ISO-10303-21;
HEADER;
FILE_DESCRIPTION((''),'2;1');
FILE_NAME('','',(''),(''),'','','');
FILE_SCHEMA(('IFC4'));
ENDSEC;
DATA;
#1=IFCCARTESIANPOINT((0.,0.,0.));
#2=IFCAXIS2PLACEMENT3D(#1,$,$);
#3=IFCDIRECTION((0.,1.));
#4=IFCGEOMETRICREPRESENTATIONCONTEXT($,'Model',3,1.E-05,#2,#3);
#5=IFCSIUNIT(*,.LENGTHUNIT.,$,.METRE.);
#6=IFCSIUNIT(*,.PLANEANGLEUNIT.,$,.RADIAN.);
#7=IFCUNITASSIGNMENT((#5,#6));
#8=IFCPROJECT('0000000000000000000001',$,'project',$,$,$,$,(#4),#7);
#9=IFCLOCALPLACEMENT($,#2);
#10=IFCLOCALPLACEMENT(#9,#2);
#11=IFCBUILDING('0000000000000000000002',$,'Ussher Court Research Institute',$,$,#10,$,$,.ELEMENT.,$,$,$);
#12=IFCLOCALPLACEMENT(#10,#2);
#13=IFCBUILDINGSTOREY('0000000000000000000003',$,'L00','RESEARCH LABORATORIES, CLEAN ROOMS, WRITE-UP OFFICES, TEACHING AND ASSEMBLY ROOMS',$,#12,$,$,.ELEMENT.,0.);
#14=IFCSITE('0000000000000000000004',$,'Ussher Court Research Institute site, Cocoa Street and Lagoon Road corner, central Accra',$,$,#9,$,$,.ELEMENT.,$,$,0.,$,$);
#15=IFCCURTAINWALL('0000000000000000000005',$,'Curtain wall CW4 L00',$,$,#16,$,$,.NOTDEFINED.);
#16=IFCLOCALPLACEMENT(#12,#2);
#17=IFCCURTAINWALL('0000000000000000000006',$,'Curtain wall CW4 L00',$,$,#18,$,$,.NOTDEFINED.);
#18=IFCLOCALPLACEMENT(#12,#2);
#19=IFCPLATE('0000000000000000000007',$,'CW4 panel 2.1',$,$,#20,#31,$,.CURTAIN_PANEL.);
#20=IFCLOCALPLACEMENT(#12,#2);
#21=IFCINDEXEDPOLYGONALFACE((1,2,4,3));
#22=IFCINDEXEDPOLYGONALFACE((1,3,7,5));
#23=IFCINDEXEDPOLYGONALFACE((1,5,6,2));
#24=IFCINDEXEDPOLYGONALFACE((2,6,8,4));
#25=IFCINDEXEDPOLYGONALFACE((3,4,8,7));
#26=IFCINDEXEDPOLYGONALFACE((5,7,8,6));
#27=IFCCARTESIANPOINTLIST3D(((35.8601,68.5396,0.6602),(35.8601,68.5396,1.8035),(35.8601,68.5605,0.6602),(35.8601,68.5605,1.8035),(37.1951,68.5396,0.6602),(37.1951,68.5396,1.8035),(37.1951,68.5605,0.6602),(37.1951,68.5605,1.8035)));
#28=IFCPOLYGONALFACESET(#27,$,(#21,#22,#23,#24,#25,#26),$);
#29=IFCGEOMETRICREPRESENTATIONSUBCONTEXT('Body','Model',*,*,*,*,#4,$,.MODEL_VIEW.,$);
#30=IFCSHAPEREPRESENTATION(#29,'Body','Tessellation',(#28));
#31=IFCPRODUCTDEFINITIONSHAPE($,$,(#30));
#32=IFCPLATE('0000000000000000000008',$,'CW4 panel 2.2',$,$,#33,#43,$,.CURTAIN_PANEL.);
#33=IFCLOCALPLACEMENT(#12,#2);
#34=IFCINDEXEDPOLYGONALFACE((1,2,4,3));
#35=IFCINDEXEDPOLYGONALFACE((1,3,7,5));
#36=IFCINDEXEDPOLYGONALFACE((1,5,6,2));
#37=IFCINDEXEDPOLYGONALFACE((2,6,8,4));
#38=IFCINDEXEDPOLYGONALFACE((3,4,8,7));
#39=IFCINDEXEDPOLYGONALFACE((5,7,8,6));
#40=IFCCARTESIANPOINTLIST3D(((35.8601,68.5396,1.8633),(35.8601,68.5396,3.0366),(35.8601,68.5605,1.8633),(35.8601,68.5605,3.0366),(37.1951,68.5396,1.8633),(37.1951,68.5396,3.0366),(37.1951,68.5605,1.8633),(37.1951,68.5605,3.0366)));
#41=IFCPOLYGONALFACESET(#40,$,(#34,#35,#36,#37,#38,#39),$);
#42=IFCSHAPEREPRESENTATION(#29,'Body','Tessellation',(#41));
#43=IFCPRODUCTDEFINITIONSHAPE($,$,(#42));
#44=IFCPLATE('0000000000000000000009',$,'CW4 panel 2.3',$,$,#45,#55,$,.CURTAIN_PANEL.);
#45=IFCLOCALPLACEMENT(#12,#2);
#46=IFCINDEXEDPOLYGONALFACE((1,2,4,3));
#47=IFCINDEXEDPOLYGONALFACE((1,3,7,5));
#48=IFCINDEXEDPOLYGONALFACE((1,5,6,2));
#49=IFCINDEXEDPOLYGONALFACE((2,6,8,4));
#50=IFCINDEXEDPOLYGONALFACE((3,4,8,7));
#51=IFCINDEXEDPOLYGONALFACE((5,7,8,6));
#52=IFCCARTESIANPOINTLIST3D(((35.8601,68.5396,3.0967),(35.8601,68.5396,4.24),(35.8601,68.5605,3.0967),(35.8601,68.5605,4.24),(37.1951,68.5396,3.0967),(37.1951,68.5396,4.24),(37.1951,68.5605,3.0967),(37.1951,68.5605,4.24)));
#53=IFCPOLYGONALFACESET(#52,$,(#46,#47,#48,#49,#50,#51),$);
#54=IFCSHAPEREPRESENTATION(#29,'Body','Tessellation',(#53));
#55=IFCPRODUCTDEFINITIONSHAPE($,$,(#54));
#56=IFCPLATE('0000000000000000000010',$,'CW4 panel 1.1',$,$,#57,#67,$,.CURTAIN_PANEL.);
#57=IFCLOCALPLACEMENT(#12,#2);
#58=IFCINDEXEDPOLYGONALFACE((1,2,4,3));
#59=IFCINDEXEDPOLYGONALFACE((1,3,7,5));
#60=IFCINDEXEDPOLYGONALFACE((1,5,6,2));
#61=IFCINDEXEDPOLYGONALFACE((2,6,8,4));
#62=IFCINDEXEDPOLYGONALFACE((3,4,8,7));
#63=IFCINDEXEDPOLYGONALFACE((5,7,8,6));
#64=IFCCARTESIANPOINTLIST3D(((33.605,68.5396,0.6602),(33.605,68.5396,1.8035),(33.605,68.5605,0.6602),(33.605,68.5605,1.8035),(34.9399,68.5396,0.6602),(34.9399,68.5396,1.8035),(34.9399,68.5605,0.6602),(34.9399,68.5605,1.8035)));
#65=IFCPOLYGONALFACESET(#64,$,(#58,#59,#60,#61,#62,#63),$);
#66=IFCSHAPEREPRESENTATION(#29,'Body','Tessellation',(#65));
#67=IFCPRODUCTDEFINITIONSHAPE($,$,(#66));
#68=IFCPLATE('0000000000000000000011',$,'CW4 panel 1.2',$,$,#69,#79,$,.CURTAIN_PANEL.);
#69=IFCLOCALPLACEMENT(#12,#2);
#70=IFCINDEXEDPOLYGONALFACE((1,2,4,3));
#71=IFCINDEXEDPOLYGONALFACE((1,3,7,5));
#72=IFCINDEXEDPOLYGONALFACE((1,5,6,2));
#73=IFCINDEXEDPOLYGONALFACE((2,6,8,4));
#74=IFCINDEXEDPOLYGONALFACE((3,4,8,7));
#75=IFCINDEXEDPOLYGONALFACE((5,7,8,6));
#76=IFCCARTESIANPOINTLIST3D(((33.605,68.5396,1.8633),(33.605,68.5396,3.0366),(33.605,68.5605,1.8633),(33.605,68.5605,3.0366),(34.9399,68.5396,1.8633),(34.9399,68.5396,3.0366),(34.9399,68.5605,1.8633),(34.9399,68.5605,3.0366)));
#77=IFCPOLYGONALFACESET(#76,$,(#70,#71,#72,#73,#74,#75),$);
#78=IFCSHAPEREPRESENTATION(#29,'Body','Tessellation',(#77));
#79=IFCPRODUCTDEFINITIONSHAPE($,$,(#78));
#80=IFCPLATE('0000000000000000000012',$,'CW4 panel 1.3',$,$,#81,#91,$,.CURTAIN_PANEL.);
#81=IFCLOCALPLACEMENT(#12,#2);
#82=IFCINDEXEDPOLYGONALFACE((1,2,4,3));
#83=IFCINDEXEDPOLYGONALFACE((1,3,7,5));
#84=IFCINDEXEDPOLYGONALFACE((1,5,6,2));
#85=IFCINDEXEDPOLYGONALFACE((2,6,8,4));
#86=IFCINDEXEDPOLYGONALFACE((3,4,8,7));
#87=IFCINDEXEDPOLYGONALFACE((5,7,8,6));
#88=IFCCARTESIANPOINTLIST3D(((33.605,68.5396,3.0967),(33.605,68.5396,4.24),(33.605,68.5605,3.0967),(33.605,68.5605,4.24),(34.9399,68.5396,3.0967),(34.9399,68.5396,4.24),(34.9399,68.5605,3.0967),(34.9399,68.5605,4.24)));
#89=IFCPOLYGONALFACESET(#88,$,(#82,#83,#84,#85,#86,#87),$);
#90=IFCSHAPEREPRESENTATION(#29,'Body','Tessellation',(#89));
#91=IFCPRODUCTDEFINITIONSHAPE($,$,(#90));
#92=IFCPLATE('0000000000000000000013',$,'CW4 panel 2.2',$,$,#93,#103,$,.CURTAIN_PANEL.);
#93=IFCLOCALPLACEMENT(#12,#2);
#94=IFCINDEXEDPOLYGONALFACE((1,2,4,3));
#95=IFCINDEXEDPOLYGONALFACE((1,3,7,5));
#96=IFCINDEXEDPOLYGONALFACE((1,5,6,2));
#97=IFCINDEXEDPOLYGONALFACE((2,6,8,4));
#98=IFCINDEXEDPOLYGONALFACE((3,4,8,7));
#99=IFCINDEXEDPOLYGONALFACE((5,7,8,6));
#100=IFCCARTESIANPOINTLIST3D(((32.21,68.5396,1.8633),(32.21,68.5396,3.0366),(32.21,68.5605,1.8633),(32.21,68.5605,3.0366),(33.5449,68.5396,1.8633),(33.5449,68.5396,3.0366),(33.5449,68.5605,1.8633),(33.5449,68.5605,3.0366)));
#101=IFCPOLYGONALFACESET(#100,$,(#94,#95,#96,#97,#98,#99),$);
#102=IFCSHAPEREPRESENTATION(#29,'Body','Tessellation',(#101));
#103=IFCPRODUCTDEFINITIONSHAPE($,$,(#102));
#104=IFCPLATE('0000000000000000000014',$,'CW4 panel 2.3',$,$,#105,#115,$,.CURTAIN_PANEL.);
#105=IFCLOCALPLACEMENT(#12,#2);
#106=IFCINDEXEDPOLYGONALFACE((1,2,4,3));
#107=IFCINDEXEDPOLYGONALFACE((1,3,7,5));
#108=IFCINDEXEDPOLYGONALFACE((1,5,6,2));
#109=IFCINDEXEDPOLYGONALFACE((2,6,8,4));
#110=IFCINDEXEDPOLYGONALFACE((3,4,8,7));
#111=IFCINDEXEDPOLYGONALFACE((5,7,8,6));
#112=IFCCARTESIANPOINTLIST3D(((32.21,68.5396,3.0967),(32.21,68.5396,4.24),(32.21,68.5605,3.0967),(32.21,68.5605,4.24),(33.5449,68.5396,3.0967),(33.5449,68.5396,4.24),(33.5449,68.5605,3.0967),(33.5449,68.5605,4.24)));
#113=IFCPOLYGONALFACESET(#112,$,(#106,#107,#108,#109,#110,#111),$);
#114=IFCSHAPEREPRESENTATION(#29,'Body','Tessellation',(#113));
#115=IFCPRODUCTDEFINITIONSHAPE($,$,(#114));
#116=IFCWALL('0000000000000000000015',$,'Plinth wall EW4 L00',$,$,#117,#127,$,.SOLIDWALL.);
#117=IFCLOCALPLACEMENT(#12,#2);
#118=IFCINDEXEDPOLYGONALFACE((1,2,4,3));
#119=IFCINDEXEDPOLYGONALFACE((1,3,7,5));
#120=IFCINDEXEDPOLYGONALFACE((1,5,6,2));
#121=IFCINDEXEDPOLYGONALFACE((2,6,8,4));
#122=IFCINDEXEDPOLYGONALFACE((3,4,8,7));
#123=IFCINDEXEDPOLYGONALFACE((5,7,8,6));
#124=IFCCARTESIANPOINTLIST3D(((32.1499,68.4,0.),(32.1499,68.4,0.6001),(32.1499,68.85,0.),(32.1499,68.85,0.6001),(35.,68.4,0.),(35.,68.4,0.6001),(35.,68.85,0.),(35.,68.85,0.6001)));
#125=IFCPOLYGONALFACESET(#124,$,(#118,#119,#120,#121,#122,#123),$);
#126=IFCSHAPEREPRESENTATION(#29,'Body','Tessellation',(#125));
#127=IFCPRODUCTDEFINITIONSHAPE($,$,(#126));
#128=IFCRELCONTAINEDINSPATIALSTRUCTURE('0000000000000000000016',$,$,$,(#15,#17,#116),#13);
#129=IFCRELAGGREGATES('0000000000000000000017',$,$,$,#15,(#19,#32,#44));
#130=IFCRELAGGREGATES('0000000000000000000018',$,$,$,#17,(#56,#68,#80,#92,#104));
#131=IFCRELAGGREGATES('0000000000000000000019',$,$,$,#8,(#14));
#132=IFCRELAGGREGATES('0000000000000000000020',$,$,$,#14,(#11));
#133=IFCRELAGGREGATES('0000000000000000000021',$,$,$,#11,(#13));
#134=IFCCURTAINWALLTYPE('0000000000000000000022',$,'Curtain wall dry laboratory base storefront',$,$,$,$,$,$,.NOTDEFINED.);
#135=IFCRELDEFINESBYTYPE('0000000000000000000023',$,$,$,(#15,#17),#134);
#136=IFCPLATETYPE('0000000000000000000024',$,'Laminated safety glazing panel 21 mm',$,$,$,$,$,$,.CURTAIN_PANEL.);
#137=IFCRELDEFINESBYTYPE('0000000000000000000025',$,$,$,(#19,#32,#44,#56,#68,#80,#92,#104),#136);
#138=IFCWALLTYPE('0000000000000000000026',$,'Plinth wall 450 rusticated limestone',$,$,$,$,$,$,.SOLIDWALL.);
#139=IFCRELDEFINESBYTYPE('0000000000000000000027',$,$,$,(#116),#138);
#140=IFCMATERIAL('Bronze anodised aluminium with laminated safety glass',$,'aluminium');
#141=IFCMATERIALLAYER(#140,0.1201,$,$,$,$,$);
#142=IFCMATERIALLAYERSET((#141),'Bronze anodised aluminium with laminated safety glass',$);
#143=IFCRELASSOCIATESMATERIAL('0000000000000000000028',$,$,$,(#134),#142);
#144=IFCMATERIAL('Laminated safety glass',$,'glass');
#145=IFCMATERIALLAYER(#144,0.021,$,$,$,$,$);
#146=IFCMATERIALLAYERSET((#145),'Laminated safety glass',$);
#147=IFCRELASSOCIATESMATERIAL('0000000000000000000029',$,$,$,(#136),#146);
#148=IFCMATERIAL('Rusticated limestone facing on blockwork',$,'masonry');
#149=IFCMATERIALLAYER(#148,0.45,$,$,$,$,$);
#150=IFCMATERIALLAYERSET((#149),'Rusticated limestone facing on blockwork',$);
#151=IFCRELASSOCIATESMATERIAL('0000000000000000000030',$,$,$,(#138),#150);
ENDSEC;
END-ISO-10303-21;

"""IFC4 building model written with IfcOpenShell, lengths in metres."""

from ifc_helpers import new_model, si_unit, direction, frame, frame_2d, origin, origin_2d, place, context, subcontext, project, spatial, rectangle, extrude, material, layer, layer_set, type_object, element, aggregate, save


model = new_model("IFC4")

# Units and contexts
model_context = context("Model", 3, precision=1e-05, world=origin(), true_north=direction((0.0, 1.0)))
body_context = subcontext(model_context, "Body", "Model", "MODEL_VIEW")
ifc_project = project(units=[si_unit("LENGTHUNIT", "METRE"), si_unit("PLANEANGLEUNIT", "RADIAN")], contexts=[model_context])

# Site, building, storey
site_placement = place(None, origin())
site = spatial("IfcSite", under=ifc_project, at=site_placement, Name="Ussher Court Research Institute site, Cocoa Street and Lagoon Road corner, central Accra", CompositionType="ELEMENT", RefElevation=0.0)
building_placement = place(site_placement, origin())
building = spatial("IfcBuilding", under=site, at=building_placement, Name="Ussher Court Research Institute", CompositionType="ELEMENT")
storey_placement = place(building_placement, origin())
storey = spatial("IfcBuildingStorey", under=building, at=storey_placement, Name="L00", Description="RESEARCH LABORATORIES, CLEAN ROOMS, WRITE-UP OFFICES, TEACHING AND ASSEMBLY ROOMS", CompositionType="ELEMENT", Elevation=0.0)

# Curtain wall
ifc_material_1 = material(Name="Bronze anodised aluminium with laminated safety glass", Category="aluminium")
ifc_layer_1 = layer(ifc_material_1, 0.1201)
ifc_layer_set_1 = layer_set([ifc_layer_1], Name="Bronze anodised aluminium with laminated safety glass")
curtain_wall_type = type_object("IfcCurtainWallType", Name="Curtain wall dry laboratory base storefront", PredefinedType="NOTDEFINED", material=ifc_layer_set_1)
curtain_wall_1_placement = place(storey_placement, origin())
curtain_wall_1 = element("IfcCurtainWall", 1, at=curtain_wall_1_placement, inside=storey, type_object=curtain_wall_type, Name="Curtain wall CW4 L00", PredefinedType="NOTDEFINED")

# Curtain wall
curtain_wall_2_placement = place(storey_placement, origin())
curtain_wall_2 = element("IfcCurtainWall", 2, at=curtain_wall_2_placement, inside=storey, type_object=curtain_wall_type, Name="Curtain wall CW4 L00", PredefinedType="NOTDEFINED")

# Plates
ifc_material_2 = material(Name="Laminated safety glass", Category="glass")
ifc_layer_2 = layer(ifc_material_2, 0.021)
ifc_layer_set_2 = layer_set([ifc_layer_2], Name="Laminated safety glass")
plate_type = type_object("IfcPlateType", Name="Laminated safety glazing panel 21 mm", PredefinedType="CURTAIN_PANEL", material=ifc_layer_set_2)
plate_1_placement = place(storey_placement, frame((36.5276, 68.55, 0.6602), z_axis=(0.0, 0.0, 1.0), x_axis=(-1.0, 0.0, 0.0)))
plate_1 = element("IfcPlate", 3, at=plate_1_placement, type_object=plate_type, Name="CW4 panel 2.1", PredefinedType="CURTAIN_PANEL", context=body_context, shape_type="SweptSolid", body=[
    extrude(rectangle(XDim=1.335, YDim=0.021, at=origin_2d()), origin(), (0.0, 0.0, 1.0), 1.1433),
])
plate_2_placement = place(storey_placement, frame((36.5276, 68.55, 1.8633), z_axis=(0.0, 0.0, 1.0), x_axis=(-1.0, 0.0, 0.0)))
plate_2 = element("IfcPlate", 4, at=plate_2_placement, type_object=plate_type, Name="CW4 panel 2.2", PredefinedType="CURTAIN_PANEL", context=body_context, shape_type="SweptSolid", body=[
    extrude(rectangle(XDim=1.335, YDim=0.021, at=origin_2d()), origin(), (0.0, 0.0, 1.0), 1.1733),
])
plate_3_placement = place(storey_placement, frame((36.5276, 68.55, 3.0967), z_axis=(0.0, 0.0, 1.0), x_axis=(-1.0, 0.0, 0.0)))
plate_3 = element("IfcPlate", 5, at=plate_3_placement, type_object=plate_type, Name="CW4 panel 2.3", PredefinedType="CURTAIN_PANEL", context=body_context, shape_type="SweptSolid", body=[
    extrude(rectangle(XDim=1.335, YDim=0.021, at=origin_2d()), origin(), (0.0, 0.0, 1.0), 1.1433),
])
aggregate(curtain_wall_1, [plate_1, plate_2, plate_3])
plate_4_placement = place(storey_placement, frame((34.2725, 68.55, 0.6602), z_axis=(0.0, 0.0, 1.0), x_axis=(-1.0, 0.0, 0.0)))
plate_4 = element("IfcPlate", 6, at=plate_4_placement, type_object=plate_type, Name="CW4 panel 1.1", PredefinedType="CURTAIN_PANEL", context=body_context, shape_type="SweptSolid", body=[
    extrude(rectangle(XDim=1.335, YDim=0.021, at=origin_2d()), origin(), (0.0, 0.0, 1.0), 1.1433),
])
plate_5_placement = place(storey_placement, frame((34.2725, 68.55, 1.8633), z_axis=(0.0, 0.0, 1.0), x_axis=(-1.0, 0.0, 0.0)))
plate_5 = element("IfcPlate", 7, at=plate_5_placement, type_object=plate_type, Name="CW4 panel 1.2", PredefinedType="CURTAIN_PANEL", context=body_context, shape_type="SweptSolid", body=[
    extrude(rectangle(XDim=1.335, YDim=0.021, at=origin_2d()), origin(), (0.0, 0.0, 1.0), 1.1733),
])
plate_6_placement = place(storey_placement, frame((34.2725, 68.55, 3.0967), z_axis=(0.0, 0.0, 1.0), x_axis=(-1.0, 0.0, 0.0)))
plate_6 = element("IfcPlate", 8, at=plate_6_placement, type_object=plate_type, Name="CW4 panel 1.3", PredefinedType="CURTAIN_PANEL", context=body_context, shape_type="SweptSolid", body=[
    extrude(rectangle(XDim=1.335, YDim=0.021, at=origin_2d()), origin(), (0.0, 0.0, 1.0), 1.1433),
])
plate_7_placement = place(storey_placement, frame((32.8774, 68.55, 1.8633), z_axis=(0.0, 0.0, 1.0), x_axis=(-1.0, 0.0, 0.0)))
plate_7 = element("IfcPlate", 9, at=plate_7_placement, type_object=plate_type, Name="CW4 panel 2.2", PredefinedType="CURTAIN_PANEL", context=body_context, shape_type="SweptSolid", body=[
    extrude(rectangle(XDim=1.335, YDim=0.021, at=origin_2d()), origin(), (0.0, 0.0, 1.0), 1.1733),
])
plate_8_placement = place(storey_placement, frame((32.8774, 68.55, 3.0967), z_axis=(0.0, 0.0, 1.0), x_axis=(-1.0, 0.0, 0.0)))
plate_8 = element("IfcPlate", 10, at=plate_8_placement, type_object=plate_type, Name="CW4 panel 2.3", PredefinedType="CURTAIN_PANEL", context=body_context, shape_type="SweptSolid", body=[
    extrude(rectangle(XDim=1.335, YDim=0.021, at=origin_2d()), origin(), (0.0, 0.0, 1.0), 1.1433),
])
aggregate(curtain_wall_2, [plate_4, plate_5, plate_6, plate_7, plate_8])

# Wall
ifc_material_3 = material(Name="Rusticated limestone facing on blockwork", Category="masonry")
ifc_layer_3 = layer(ifc_material_3, 0.45)
ifc_layer_set_3 = layer_set([ifc_layer_3], Name="Rusticated limestone facing on blockwork")
wall_type = type_object("IfcWallType", Name="Plinth wall 450 rusticated limestone", PredefinedType="SOLIDWALL", material=ifc_layer_set_3)
wall_placement = place(storey_placement, frame((35.0, 68.625, 0.0), z_axis=(0.0, 0.0, 1.0), x_axis=(-1.0, 0.0, 0.0)))
element("IfcWall", 11, at=wall_placement, inside=storey, type_object=wall_type, Name="Plinth wall EW4 L00", PredefinedType="SOLIDWALL", context=body_context, shape_type="SweptSolid", body=[
    extrude(rectangle(XDim=2.8501, YDim=0.45, at=frame_2d((1.425, 0.0))), origin(), (0.0, 0.0, 1.0), 0.6001),
])

save(model, "model.ifc")
